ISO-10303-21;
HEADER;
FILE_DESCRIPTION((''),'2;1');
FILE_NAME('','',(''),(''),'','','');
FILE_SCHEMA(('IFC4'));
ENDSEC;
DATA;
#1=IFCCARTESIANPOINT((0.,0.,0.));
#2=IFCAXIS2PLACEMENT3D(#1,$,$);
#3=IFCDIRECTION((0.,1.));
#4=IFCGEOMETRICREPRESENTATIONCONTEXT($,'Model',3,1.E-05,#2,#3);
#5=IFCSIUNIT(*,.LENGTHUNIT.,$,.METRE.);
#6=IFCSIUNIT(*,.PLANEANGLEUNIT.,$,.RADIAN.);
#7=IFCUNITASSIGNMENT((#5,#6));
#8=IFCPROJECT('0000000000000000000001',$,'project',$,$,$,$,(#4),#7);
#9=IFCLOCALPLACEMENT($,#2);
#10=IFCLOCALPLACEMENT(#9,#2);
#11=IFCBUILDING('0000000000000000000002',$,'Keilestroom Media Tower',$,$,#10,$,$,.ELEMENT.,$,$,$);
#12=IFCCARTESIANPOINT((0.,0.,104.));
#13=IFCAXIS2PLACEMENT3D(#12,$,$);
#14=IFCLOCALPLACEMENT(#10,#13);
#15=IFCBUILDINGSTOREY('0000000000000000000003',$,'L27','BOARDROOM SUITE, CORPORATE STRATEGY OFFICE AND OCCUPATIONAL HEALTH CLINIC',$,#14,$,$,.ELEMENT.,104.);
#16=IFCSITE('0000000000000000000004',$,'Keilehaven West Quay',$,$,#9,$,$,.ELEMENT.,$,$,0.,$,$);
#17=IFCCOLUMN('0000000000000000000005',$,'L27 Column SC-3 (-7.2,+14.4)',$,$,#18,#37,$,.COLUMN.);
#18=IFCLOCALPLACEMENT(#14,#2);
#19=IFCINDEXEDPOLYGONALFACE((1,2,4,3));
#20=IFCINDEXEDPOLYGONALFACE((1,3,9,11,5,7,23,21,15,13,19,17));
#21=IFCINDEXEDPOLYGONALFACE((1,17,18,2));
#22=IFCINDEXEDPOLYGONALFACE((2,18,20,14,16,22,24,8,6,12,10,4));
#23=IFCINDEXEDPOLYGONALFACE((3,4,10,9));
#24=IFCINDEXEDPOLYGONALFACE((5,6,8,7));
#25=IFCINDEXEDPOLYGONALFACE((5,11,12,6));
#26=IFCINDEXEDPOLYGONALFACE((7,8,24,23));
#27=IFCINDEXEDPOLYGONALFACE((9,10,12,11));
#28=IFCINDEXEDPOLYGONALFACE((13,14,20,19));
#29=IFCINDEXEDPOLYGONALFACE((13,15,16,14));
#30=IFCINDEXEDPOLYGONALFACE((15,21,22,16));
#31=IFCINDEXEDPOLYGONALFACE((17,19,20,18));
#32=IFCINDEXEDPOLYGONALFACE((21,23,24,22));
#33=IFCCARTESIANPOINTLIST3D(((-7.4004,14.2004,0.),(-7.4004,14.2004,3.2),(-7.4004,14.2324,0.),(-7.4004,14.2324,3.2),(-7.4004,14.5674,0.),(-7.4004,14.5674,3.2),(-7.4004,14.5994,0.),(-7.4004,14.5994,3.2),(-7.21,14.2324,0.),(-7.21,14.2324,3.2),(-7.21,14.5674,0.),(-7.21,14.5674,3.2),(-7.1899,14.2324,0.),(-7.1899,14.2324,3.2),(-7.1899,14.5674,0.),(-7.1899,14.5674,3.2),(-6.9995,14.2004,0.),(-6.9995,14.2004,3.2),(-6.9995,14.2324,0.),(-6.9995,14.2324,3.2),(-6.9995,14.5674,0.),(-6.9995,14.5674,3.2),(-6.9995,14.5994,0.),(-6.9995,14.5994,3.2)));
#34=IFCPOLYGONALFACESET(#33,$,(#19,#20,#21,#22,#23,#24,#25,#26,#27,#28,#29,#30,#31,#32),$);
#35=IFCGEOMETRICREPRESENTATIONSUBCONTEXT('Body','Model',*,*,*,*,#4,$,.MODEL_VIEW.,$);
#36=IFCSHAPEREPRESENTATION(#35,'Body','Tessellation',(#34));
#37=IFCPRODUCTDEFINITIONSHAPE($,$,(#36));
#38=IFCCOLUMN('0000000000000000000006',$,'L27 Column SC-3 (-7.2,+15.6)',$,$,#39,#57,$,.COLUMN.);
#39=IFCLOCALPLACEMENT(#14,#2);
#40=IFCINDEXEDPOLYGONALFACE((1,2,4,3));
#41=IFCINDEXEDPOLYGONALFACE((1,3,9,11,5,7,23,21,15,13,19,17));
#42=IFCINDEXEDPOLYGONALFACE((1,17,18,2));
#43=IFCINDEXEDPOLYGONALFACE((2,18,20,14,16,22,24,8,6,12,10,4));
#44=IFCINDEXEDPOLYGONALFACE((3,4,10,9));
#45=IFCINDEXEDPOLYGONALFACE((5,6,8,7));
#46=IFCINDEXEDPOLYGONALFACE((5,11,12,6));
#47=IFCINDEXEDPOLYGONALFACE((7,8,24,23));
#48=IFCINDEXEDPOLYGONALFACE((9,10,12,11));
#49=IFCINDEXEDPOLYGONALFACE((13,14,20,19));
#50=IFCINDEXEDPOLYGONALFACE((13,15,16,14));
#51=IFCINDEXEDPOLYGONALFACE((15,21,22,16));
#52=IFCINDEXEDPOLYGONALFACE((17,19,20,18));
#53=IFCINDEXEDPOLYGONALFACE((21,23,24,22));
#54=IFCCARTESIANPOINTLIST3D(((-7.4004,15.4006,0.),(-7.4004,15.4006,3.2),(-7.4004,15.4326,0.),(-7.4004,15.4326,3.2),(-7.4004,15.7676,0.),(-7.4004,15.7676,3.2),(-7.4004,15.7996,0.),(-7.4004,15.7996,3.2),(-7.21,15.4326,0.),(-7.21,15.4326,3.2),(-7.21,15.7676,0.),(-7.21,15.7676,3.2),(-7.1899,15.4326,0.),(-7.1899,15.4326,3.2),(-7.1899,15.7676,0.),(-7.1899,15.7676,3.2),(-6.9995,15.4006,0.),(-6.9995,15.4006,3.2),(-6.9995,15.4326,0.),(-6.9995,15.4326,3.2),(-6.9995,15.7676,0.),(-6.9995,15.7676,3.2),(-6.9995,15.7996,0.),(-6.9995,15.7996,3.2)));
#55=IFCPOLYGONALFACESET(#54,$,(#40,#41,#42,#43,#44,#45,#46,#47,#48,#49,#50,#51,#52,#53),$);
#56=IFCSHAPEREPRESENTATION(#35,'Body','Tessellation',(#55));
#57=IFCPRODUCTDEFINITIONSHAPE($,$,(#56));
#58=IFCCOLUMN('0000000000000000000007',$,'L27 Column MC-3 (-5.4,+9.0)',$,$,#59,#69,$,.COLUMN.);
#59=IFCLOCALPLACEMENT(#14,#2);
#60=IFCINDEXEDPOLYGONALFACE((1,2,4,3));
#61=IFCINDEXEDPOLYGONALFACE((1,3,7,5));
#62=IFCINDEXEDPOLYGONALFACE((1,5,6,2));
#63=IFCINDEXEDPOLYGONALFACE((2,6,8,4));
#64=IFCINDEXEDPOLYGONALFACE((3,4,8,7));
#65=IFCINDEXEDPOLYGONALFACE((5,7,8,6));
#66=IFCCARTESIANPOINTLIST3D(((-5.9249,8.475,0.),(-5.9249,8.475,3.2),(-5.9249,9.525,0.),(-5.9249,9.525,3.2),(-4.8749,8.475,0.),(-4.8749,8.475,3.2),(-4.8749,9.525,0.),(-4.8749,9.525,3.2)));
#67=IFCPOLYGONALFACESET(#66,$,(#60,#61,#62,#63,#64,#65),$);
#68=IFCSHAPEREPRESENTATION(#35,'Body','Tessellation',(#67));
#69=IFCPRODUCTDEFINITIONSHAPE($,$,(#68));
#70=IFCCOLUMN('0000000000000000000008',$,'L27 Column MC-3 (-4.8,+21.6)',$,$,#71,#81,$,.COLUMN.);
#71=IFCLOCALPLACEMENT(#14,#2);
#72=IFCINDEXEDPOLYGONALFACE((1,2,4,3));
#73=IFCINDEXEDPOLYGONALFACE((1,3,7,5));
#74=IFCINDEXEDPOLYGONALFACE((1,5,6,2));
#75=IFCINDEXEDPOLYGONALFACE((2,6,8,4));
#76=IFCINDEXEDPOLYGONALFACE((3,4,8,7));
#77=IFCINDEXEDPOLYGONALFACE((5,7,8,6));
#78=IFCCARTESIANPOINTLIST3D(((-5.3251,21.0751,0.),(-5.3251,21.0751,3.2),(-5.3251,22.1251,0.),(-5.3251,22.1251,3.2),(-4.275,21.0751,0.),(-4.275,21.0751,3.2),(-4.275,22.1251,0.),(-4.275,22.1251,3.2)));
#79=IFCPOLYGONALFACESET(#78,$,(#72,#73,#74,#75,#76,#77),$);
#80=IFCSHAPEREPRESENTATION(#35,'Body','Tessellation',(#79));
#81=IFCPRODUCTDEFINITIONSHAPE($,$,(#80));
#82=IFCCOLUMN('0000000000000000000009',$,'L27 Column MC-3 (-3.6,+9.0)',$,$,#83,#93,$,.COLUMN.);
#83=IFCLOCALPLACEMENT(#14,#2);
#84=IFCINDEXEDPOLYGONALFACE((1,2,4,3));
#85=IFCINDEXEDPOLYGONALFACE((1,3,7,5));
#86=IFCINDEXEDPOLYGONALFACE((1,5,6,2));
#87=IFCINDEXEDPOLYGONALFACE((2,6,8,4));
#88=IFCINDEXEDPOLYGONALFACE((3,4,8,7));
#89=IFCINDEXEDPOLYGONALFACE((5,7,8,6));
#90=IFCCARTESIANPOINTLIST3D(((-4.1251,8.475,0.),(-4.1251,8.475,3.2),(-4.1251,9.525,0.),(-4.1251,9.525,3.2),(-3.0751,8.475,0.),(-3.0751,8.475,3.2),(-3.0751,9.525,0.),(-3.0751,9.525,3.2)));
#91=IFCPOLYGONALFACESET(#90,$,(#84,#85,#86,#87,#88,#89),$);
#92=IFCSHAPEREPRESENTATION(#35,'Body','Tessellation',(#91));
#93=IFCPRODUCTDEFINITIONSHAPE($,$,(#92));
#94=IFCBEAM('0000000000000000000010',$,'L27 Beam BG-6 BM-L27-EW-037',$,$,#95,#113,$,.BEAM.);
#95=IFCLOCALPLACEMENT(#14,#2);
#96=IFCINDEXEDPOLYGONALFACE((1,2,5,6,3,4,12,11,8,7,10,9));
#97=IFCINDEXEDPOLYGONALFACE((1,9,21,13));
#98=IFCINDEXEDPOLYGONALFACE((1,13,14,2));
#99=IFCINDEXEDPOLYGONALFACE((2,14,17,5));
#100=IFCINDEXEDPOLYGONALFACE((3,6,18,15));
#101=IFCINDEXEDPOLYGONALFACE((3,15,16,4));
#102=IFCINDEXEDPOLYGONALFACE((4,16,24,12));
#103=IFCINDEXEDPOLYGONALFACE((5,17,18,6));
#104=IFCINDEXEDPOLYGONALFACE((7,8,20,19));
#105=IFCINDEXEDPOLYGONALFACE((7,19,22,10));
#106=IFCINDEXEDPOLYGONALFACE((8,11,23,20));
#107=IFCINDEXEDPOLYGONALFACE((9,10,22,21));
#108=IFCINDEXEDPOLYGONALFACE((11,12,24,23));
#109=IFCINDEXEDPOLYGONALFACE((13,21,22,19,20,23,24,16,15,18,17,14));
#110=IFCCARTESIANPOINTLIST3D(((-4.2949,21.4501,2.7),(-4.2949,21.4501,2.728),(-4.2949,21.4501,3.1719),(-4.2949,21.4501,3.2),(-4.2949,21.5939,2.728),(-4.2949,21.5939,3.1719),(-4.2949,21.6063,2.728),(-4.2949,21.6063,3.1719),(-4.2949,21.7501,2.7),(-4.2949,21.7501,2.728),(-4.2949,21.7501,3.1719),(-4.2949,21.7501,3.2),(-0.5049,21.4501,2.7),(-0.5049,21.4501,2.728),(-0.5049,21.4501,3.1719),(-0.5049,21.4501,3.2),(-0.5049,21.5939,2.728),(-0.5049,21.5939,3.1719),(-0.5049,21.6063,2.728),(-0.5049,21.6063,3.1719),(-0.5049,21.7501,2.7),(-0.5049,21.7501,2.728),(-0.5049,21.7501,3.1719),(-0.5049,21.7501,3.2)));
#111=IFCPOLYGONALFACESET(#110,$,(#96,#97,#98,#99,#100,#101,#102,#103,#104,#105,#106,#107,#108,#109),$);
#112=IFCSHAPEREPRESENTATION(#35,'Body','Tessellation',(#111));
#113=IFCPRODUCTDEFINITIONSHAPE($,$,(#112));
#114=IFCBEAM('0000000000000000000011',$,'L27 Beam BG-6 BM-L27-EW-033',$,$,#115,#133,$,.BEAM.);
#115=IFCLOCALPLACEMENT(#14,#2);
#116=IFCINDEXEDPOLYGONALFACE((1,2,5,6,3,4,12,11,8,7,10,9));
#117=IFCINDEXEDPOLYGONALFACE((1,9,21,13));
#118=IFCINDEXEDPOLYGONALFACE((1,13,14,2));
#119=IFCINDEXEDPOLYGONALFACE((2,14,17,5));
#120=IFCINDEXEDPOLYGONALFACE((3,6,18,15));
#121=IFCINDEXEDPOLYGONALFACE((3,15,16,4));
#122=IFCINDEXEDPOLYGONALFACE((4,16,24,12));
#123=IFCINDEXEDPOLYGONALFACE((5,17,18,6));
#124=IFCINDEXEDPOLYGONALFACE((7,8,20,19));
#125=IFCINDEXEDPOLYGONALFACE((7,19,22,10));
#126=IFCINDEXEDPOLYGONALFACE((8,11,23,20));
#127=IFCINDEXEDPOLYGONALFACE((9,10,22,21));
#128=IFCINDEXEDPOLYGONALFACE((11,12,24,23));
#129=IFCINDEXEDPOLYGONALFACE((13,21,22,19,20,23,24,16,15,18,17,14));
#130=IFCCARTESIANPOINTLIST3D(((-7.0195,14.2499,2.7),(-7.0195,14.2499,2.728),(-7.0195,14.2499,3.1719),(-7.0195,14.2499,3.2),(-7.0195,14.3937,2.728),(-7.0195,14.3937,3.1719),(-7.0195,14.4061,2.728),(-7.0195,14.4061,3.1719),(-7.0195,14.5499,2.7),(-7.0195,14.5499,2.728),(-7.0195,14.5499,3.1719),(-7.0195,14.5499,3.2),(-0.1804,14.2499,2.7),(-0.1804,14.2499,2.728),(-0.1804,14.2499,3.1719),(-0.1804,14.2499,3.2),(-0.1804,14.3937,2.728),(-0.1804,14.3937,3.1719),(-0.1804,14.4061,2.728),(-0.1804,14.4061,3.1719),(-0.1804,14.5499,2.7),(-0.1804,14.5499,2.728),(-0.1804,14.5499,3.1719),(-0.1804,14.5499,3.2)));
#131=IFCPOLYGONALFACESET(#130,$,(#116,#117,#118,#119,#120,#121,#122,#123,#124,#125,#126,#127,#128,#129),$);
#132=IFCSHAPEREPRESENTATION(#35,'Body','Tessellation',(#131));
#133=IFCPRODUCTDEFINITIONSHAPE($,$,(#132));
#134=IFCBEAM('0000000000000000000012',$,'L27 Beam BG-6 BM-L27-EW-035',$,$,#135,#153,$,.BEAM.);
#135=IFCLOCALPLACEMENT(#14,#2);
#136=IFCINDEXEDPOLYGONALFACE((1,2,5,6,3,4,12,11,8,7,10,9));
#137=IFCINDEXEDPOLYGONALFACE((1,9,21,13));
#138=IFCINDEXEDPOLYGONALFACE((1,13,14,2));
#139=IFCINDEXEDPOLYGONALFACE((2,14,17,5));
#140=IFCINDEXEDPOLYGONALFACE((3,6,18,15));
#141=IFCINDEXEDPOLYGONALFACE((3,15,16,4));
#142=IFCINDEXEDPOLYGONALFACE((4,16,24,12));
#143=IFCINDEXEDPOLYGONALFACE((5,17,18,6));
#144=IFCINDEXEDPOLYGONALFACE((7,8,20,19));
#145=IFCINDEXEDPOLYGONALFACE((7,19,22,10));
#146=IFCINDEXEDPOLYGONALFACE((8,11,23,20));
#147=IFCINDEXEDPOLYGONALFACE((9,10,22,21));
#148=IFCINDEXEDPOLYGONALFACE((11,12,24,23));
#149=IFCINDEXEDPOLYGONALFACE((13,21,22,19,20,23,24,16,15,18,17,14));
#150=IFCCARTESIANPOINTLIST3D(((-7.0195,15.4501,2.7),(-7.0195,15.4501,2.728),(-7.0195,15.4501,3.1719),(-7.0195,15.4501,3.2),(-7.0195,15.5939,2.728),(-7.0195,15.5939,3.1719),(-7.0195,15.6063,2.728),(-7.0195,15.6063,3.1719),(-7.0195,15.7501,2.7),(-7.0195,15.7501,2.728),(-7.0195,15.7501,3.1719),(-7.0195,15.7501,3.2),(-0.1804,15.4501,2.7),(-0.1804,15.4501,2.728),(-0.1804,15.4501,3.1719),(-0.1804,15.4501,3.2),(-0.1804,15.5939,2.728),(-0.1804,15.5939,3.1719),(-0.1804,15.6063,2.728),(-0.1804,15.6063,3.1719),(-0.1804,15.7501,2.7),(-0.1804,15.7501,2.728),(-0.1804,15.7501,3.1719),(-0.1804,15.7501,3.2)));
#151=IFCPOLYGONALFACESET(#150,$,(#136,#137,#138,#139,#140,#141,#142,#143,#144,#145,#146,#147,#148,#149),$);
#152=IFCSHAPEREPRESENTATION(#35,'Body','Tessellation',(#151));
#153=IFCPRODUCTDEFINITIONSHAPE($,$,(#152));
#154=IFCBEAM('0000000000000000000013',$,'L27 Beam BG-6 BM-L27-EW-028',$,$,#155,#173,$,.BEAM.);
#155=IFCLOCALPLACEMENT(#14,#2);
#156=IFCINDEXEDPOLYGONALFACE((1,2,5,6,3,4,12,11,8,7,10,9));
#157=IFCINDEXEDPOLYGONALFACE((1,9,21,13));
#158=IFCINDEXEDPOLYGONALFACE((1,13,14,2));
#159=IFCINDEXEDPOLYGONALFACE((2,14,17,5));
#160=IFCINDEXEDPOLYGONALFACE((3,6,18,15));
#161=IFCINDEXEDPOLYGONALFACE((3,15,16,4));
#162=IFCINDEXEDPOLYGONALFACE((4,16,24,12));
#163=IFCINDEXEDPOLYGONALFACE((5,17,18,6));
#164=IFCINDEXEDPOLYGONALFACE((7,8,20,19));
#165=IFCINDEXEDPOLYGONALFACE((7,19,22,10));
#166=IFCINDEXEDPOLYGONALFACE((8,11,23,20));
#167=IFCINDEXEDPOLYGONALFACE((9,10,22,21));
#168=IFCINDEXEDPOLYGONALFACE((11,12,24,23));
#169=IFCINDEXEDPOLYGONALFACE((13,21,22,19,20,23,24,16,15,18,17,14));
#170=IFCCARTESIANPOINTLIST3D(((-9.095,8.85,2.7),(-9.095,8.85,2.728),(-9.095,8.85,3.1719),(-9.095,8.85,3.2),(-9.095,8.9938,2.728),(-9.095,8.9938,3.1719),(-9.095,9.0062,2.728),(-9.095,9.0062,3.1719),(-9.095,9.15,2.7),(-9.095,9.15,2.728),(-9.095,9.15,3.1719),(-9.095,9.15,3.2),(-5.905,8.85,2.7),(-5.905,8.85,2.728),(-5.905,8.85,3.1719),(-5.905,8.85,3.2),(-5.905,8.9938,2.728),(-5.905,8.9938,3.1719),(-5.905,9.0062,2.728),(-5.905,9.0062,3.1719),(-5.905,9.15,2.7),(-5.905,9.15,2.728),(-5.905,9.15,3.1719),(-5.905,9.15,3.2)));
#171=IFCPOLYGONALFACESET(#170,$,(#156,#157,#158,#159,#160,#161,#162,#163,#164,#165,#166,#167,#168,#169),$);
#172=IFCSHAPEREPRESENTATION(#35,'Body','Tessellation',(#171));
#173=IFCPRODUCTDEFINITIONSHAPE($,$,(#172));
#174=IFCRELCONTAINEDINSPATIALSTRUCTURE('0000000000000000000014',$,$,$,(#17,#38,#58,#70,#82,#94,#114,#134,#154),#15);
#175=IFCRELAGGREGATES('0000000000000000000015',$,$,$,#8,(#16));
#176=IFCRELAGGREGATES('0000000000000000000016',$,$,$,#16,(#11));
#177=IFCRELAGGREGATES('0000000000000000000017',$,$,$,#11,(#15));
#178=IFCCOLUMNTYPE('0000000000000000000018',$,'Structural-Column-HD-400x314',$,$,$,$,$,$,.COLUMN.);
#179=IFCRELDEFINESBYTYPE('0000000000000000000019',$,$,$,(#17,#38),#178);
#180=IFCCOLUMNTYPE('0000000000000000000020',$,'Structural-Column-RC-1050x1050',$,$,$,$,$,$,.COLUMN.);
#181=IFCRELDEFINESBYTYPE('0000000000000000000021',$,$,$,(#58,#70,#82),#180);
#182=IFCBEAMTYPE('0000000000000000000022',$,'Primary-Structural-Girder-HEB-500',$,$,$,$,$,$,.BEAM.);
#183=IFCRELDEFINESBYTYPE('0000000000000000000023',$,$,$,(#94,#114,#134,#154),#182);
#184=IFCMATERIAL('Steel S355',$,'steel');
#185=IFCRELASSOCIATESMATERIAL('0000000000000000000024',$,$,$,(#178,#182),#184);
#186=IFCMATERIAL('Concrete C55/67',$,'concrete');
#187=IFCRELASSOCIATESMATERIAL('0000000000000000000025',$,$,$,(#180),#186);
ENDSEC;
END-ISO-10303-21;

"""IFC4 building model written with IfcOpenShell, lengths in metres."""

from ifc_helpers import new_model, si_unit, direction, frame, origin, origin_2d, place, context, subcontext, project, spatial, rectangle, i_section, extrude, source, transform, mapped, material, material_profile, profile_set, type_object, element, save


model = new_model("IFC4")

# Units and contexts
model_context = context("Model", 3, precision=1e-05, world=origin(), true_north=direction((0.0, 1.0)))
body_context = subcontext(model_context, "Body", "Model", "MODEL_VIEW")
ifc_project = project(units=[si_unit("LENGTHUNIT", "METRE"), si_unit("PLANEANGLEUNIT", "RADIAN")], contexts=[model_context])

# Site, building, storey
site_placement = place(None, origin())
site = spatial("IfcSite", under=ifc_project, at=site_placement, Name="Keilehaven West Quay", CompositionType="ELEMENT", RefElevation=0.0)
building_placement = place(site_placement, origin())
building = spatial("IfcBuilding", under=site, at=building_placement, Name="Keilestroom Media Tower", CompositionType="ELEMENT")
storey_placement = place(building_placement, frame((0.0, 0.0, 104.0)))
storey = spatial("IfcBuildingStorey", under=building, at=storey_placement, Name="L27", Description="BOARDROOM SUITE, CORPORATE STRATEGY OFFICE AND OCCUPATIONAL HEALTH CLINIC", CompositionType="ELEMENT", Elevation=104.0)

# Columns
ifc_material_1 = material(Name="Steel S355", Category="steel")
ifc_material_profile_1 = material_profile(ifc_material_1, i_section(OverallWidth=0.4009, OverallDepth=0.3989, WebThickness=0.02, FlangeThickness=0.032, at=origin_2d()), Name="HD 400x314")
ifc_profile_set_1 = profile_set([ifc_material_profile_1], Name="Steel S355")
column_type_1 = type_object("IfcColumnType", Name="Structural-Column-HD-400x314", PredefinedType="COLUMN", material=ifc_profile_set_1)
shared_shape_1 = source(origin(), body_context, "Body", "SweptSolid", [
    extrude(i_section(OverallWidth=0.4009, OverallDepth=0.3989, WebThickness=0.02, FlangeThickness=0.032, at=origin_2d()), origin(), (0.0, 0.0, 1.0), 3.2),
])
for number, where, z_axis, x_axis, name in (
    (1, (-7.2, 14.3999, 0.0), (0.0, 0.0, 1.0), (1.0, 0.0, 0.0), "L27 Column SC-3 (-7.2,+14.4)"),
    (2, (-7.2, 15.6001, 0.0), (0.0, 0.0, 1.0), (1.0, 0.0, 0.0), "L27 Column SC-3 (-7.2,+15.6)"),
):
    element("IfcColumn", number, at=place(storey_placement, frame(where, z_axis=z_axis, x_axis=x_axis)), inside=storey, type_object=column_type_1, Name=name, PredefinedType="COLUMN", context=body_context, shape_type="MappedRepresentation", body=[
        mapped(shared_shape_1, transform((0.0, 0.0, 0.0), x_axis=(1.0, 0.0, 0.0), y_axis=(0.0, 1.0, 0.0), z_axis=(0.0, 0.0, 1.0), scale=1.0)),
    ])
ifc_material_2 = material(Name="Concrete C55/67", Category="concrete")
ifc_material_profile_2 = material_profile(ifc_material_2, rectangle(XDim=1.05, YDim=1.05, at=origin_2d()), Name="RC 1050x1050")
ifc_profile_set_2 = profile_set([ifc_material_profile_2], Name="Concrete C55/67")
column_type_2 = type_object("IfcColumnType", Name="Structural-Column-RC-1050x1050", PredefinedType="COLUMN", material=ifc_profile_set_2)
shared_shape_2 = source(origin(), body_context, "Body", "SweptSolid", [
    extrude(rectangle(XDim=1.05, YDim=1.05, at=origin_2d()), origin(), (0.0, 0.0, 1.0), 3.2),
])
for number, where, z_axis, x_axis, name in (
    (3, (-5.3999, 9.0, 0.0), (0.0, 0.0, 1.0), (1.0, 0.0, 0.0), "L27 Column MC-3 (-5.4,+9.0)"),
    (4, (-4.8, 21.6001, 0.0), (0.0, 0.0, 1.0), (1.0, 0.0, 0.0), "L27 Column MC-3 (-4.8,+21.6)"),
    (5, (-3.6001, 9.0, 0.0), (0.0, 0.0, 1.0), (1.0, 0.0, 0.0), "L27 Column MC-3 (-3.6,+9.0)"),
):
    element("IfcColumn", number, at=place(storey_placement, frame(where, z_axis=z_axis, x_axis=x_axis)), inside=storey, type_object=column_type_2, Name=name, PredefinedType="COLUMN", context=body_context, shape_type="MappedRepresentation", body=[
        mapped(shared_shape_2, transform((0.0, 0.0, 0.0), x_axis=(1.0, 0.0, 0.0), y_axis=(0.0, 1.0, 0.0), z_axis=(0.0, 0.0, 1.0), scale=1.0)),
    ])

# Beams
ifc_material_profile_3 = material_profile(ifc_material_1, i_section(OverallWidth=0.3, OverallDepth=0.5, WebThickness=0.0125, FlangeThickness=0.0281, at=origin_2d()), Name="HEB 500")
ifc_profile_set_3 = profile_set([ifc_material_profile_3], Name="Steel S355")
beam_type = type_object("IfcBeamType", Name="Primary-Structural-Girder-HEB-500", PredefinedType="BEAM", material=ifc_profile_set_3)
shared_shape_3 = source(origin(), body_context, "Body", "SweptSolid", [
    extrude(i_section(OverallWidth=0.3, OverallDepth=0.5, WebThickness=0.0125, FlangeThickness=0.0281, at=origin_2d()), origin(), (0.0, 0.0, 1.0), 3.79),
])
beam_1_placement = place(storey_placement, frame((-4.2949, 21.6001, 2.95), z_axis=(1.0, 0.0, 0.0), x_axis=(0.0, 1.0, 0.0)))
element("IfcBeam", 6, at=beam_1_placement, inside=storey, type_object=beam_type, Name="L27 Beam BG-6 BM-L27-EW-037", PredefinedType="BEAM", context=body_context, shape_type="MappedRepresentation", body=[
    mapped(shared_shape_3, transform((0.0, 0.0, 0.0), x_axis=(1.0, 0.0, 0.0), y_axis=(0.0, 1.0, 0.0), z_axis=(0.0, 0.0, 1.0), scale=1.0)),
])
shared_shape_4 = source(origin(), body_context, "Body", "SweptSolid", [
    extrude(i_section(OverallWidth=0.3, OverallDepth=0.5, WebThickness=0.0125, FlangeThickness=0.0281, at=origin_2d()), origin(), (0.0, 0.0, 1.0), 6.8391),
])
for number, where, z_axis, x_axis, name in (
    (7, (-7.0195, 14.3999, 2.95), (1.0, 0.0, 0.0), (0.0, 1.0, 0.0), "L27 Beam BG-6 BM-L27-EW-033"),
    (8, (-7.0195, 15.6001, 2.95), (1.0, 0.0, 0.0), (0.0, 1.0, 0.0), "L27 Beam BG-6 BM-L27-EW-035"),
):
    element("IfcBeam", number, at=place(storey_placement, frame(where, z_axis=z_axis, x_axis=x_axis)), inside=storey, type_object=beam_type, Name=name, PredefinedType="BEAM", context=body_context, shape_type="MappedRepresentation", body=[
        mapped(shared_shape_4, transform((0.0, 0.0, 0.0), x_axis=(1.0, 0.0, 0.0), y_axis=(0.0, 1.0, 0.0), z_axis=(0.0, 0.0, 1.0), scale=1.0)),
    ])
shared_shape_5 = source(origin(), body_context, "Body", "SweptSolid", [
    extrude(i_section(OverallWidth=0.3, OverallDepth=0.5, WebThickness=0.0125, FlangeThickness=0.0281, at=origin_2d()), origin(), (0.0, 0.0, 1.0), 3.1899),
])
beam_2_placement = place(storey_placement, frame((-9.095, 9.0, 2.95), z_axis=(1.0, 0.0, 0.0), x_axis=(0.0, 1.0, 0.0)))
element("IfcBeam", 9, at=beam_2_placement, inside=storey, type_object=beam_type, Name="L27 Beam BG-6 BM-L27-EW-028", PredefinedType="BEAM", context=body_context, shape_type="MappedRepresentation", body=[
    mapped(shared_shape_5, transform((0.0, 0.0, 0.0), x_axis=(1.0, 0.0, 0.0), y_axis=(0.0, 1.0, 0.0), z_axis=(0.0, 0.0, 1.0), scale=1.0)),
])

save(model, "model.ifc")
